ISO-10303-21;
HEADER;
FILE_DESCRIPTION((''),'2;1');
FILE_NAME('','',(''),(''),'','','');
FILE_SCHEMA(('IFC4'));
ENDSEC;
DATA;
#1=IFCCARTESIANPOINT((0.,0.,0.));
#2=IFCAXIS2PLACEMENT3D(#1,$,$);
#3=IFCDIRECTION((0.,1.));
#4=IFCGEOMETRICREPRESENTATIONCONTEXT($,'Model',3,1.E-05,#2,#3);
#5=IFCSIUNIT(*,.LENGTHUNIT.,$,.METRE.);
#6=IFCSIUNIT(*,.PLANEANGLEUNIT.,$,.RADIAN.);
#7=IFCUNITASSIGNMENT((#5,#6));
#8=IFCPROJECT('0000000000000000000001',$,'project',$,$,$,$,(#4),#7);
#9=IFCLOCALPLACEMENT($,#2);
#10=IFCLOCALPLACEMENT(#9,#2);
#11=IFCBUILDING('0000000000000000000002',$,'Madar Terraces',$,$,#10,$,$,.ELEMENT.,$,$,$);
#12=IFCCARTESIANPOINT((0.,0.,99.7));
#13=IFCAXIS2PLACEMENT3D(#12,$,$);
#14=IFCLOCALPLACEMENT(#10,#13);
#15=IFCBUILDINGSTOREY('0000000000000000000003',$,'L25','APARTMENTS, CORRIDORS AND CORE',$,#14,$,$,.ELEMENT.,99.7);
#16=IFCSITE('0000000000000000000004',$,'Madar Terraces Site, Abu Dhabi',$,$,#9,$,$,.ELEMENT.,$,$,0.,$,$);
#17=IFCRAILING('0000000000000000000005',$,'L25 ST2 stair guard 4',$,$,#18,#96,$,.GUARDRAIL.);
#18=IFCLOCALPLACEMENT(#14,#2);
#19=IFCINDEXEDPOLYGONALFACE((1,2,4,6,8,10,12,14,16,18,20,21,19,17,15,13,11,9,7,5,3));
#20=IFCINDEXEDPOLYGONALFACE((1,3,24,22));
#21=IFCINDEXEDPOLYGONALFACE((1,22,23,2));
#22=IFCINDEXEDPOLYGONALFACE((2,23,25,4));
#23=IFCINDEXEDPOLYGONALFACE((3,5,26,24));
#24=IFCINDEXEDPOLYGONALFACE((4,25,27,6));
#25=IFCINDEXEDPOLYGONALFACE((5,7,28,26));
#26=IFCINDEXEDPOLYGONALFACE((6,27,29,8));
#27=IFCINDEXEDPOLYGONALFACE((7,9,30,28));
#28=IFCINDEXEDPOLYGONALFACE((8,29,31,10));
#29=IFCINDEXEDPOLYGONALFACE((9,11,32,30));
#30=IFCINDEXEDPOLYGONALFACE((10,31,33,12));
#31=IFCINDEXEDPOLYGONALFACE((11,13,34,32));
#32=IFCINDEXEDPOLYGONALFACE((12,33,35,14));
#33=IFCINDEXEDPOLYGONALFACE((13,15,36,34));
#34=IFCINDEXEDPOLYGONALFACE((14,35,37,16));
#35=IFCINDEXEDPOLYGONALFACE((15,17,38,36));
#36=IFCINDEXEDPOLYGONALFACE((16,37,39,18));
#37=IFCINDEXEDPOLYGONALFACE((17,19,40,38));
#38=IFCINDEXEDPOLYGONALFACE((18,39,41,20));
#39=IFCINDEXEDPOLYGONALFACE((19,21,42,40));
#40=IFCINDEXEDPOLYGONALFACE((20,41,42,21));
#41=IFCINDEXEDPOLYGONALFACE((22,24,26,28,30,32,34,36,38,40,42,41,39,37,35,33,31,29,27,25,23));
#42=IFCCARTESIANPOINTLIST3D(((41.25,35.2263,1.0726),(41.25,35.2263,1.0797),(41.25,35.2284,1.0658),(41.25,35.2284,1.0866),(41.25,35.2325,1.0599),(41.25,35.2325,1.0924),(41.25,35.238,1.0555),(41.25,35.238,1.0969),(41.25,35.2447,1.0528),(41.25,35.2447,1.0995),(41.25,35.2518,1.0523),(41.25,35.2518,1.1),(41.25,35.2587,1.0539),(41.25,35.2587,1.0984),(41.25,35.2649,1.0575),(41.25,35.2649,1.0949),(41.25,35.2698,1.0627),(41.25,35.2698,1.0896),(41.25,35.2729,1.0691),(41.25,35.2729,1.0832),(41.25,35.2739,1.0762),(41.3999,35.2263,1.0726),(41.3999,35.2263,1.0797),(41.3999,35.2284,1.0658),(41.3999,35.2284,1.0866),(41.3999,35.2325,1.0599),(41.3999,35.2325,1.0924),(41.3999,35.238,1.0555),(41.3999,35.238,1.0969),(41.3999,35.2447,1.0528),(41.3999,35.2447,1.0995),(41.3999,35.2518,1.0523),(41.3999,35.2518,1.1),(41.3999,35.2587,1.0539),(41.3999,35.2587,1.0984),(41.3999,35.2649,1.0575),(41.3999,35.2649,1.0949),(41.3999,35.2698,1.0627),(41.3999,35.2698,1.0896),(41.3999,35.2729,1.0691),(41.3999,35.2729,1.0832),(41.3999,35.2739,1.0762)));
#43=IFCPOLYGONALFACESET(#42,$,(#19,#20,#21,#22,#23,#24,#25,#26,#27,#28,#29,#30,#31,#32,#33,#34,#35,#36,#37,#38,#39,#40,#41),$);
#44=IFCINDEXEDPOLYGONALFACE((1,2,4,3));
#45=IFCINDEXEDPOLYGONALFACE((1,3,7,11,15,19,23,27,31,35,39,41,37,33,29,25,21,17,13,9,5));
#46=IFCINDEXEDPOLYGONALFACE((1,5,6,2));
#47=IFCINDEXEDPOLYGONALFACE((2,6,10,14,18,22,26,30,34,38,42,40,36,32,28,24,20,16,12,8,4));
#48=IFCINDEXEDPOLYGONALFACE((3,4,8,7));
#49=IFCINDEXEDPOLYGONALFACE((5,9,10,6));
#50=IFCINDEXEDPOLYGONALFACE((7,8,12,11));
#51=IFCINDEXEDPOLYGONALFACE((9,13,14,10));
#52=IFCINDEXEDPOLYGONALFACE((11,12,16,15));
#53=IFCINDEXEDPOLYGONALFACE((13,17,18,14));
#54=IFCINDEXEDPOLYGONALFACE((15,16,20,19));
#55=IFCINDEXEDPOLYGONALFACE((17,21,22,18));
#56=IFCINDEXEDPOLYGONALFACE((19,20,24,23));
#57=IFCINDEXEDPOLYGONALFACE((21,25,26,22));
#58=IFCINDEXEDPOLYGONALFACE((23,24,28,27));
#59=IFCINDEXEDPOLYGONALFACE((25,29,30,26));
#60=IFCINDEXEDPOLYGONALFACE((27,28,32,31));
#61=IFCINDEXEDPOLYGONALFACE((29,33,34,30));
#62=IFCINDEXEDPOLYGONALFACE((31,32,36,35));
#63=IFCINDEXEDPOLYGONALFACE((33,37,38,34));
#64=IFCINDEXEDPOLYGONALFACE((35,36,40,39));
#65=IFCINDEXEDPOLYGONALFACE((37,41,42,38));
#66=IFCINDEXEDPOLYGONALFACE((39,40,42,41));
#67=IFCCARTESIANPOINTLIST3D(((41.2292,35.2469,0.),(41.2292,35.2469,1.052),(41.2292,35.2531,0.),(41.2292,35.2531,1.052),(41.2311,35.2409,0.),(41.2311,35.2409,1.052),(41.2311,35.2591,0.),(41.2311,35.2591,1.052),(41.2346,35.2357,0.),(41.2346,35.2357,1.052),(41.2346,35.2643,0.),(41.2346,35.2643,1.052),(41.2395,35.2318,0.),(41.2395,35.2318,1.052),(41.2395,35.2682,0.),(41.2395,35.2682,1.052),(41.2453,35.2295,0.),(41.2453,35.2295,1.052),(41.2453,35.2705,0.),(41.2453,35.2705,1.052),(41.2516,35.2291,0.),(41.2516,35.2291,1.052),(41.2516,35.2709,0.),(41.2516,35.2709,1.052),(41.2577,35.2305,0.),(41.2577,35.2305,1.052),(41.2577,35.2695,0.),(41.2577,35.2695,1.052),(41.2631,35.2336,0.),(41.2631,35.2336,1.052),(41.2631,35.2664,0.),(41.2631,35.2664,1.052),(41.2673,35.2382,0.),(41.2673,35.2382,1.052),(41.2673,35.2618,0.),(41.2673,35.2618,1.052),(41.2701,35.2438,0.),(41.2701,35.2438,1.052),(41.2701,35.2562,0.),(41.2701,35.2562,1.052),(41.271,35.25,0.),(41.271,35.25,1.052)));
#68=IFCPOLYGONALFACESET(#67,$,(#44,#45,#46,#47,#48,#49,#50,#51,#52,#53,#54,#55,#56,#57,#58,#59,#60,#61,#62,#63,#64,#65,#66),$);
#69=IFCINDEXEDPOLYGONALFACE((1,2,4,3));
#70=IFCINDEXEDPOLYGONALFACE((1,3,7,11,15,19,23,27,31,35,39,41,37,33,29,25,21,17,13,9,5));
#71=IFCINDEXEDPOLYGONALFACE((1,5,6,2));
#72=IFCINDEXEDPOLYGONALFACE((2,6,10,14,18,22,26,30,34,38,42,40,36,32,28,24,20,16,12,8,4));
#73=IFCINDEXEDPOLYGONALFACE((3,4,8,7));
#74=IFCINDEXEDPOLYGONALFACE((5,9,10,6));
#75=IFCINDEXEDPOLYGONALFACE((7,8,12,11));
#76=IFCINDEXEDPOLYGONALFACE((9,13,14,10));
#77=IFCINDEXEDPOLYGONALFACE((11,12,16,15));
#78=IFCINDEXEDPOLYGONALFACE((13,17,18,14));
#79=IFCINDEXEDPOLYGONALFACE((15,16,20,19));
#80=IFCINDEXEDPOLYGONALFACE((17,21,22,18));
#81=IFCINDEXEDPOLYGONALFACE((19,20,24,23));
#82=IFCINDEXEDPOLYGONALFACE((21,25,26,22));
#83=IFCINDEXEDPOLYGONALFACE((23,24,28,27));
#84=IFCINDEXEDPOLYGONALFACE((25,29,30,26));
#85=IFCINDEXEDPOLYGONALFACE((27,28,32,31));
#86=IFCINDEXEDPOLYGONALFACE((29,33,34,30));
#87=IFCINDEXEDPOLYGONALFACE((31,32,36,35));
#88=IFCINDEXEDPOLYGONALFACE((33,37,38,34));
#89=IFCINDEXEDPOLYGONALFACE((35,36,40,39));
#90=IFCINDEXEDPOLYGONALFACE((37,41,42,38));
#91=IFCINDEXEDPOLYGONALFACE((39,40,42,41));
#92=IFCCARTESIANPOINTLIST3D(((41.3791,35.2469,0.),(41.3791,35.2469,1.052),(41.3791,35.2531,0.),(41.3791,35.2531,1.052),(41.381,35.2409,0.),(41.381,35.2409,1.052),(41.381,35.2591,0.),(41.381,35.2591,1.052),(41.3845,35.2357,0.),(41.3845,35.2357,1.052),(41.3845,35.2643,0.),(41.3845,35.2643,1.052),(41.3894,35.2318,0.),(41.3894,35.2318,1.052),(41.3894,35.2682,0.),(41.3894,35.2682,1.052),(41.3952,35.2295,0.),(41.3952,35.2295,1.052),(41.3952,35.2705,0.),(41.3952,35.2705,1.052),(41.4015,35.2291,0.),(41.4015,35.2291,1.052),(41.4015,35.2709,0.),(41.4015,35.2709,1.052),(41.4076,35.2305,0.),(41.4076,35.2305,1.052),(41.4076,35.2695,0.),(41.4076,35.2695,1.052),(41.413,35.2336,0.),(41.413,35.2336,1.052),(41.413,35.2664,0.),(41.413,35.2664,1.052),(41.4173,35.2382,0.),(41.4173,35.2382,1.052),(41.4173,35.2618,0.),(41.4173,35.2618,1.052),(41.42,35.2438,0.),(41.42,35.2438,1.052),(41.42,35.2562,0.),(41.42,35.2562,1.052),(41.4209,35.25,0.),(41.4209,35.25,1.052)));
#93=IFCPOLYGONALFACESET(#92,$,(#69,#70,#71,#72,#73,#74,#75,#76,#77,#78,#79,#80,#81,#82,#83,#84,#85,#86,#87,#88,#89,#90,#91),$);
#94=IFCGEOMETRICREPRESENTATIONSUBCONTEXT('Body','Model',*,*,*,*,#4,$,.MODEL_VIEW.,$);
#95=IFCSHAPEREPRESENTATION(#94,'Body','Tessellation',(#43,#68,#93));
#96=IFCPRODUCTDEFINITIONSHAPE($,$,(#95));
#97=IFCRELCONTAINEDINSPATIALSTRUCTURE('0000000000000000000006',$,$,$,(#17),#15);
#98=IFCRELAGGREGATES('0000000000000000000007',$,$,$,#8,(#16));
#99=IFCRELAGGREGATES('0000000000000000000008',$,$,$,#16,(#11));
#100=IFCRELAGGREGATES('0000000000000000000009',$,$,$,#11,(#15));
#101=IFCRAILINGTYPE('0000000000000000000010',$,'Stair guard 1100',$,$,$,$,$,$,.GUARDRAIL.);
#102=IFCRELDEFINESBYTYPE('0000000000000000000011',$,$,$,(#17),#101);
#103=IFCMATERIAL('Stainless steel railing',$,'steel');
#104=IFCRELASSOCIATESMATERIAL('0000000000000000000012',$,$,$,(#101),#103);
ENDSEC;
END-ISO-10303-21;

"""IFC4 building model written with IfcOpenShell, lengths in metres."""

from ifc_helpers import new_model, si_unit, direction, frame, origin, origin_2d, place, context, subcontext, project, spatial, circle, extrude, material, type_object, element, save


model = new_model("IFC4")

# Units and contexts
model_context = context("Model", 3, precision=1e-05, world=origin(), true_north=direction((0.0, 1.0)))
body_context = subcontext(model_context, "Body", "Model", "MODEL_VIEW")
ifc_project = project(units=[si_unit("LENGTHUNIT", "METRE"), si_unit("PLANEANGLEUNIT", "RADIAN")], contexts=[model_context])

# Site, building, storey
site_placement = place(None, origin())
site = spatial("IfcSite", under=ifc_project, at=site_placement, Name="Madar Terraces Site, Abu Dhabi", CompositionType="ELEMENT", RefElevation=0.0)
building_placement = place(site_placement, origin())
building = spatial("IfcBuilding", under=site, at=building_placement, Name="Madar Terraces", CompositionType="ELEMENT")
storey_placement = place(building_placement, frame((0.0, 0.0, 99.7)))
storey = spatial("IfcBuildingStorey", under=building, at=storey_placement, Name="L25", Description="APARTMENTS, CORRIDORS AND CORE", CompositionType="ELEMENT", Elevation=99.7)

# Railing
ifc_material_1 = material(Name="Stainless steel railing", Category="steel")
railing_type_1 = type_object("IfcRailingType", Name="Stair guard 1100", PredefinedType="GUARDRAIL", material=ifc_material_1)
railing_1_placement = place(storey_placement, frame((41.25, 35.25, 0.0)))
element("IfcRailing", 1, at=railing_1_placement, inside=storey, type_object=railing_type_1, Name="L25 ST2 stair guard 4", PredefinedType="GUARDRAIL", context=body_context, shape_type="SweptSolid", body=[
    extrude(circle(Radius=0.0239, at=origin_2d()), frame((0.0, 0.0, 1.0762), z_axis=(1.0, 0.0, 0.0), x_axis=(0.0, 1.0, 0.0)), (0.0, 0.0, 1.0), 0.1499),
    extrude(circle(Radius=0.021, at=origin_2d()), origin(), (0.0, 0.0, 1.0), 1.052),
    extrude(circle(Radius=0.021, at=origin_2d()), frame((0.1499, 0.0, 0.0)), (0.0, 0.0, 1.0), 1.052),
])

save(model, "model.ifc")
